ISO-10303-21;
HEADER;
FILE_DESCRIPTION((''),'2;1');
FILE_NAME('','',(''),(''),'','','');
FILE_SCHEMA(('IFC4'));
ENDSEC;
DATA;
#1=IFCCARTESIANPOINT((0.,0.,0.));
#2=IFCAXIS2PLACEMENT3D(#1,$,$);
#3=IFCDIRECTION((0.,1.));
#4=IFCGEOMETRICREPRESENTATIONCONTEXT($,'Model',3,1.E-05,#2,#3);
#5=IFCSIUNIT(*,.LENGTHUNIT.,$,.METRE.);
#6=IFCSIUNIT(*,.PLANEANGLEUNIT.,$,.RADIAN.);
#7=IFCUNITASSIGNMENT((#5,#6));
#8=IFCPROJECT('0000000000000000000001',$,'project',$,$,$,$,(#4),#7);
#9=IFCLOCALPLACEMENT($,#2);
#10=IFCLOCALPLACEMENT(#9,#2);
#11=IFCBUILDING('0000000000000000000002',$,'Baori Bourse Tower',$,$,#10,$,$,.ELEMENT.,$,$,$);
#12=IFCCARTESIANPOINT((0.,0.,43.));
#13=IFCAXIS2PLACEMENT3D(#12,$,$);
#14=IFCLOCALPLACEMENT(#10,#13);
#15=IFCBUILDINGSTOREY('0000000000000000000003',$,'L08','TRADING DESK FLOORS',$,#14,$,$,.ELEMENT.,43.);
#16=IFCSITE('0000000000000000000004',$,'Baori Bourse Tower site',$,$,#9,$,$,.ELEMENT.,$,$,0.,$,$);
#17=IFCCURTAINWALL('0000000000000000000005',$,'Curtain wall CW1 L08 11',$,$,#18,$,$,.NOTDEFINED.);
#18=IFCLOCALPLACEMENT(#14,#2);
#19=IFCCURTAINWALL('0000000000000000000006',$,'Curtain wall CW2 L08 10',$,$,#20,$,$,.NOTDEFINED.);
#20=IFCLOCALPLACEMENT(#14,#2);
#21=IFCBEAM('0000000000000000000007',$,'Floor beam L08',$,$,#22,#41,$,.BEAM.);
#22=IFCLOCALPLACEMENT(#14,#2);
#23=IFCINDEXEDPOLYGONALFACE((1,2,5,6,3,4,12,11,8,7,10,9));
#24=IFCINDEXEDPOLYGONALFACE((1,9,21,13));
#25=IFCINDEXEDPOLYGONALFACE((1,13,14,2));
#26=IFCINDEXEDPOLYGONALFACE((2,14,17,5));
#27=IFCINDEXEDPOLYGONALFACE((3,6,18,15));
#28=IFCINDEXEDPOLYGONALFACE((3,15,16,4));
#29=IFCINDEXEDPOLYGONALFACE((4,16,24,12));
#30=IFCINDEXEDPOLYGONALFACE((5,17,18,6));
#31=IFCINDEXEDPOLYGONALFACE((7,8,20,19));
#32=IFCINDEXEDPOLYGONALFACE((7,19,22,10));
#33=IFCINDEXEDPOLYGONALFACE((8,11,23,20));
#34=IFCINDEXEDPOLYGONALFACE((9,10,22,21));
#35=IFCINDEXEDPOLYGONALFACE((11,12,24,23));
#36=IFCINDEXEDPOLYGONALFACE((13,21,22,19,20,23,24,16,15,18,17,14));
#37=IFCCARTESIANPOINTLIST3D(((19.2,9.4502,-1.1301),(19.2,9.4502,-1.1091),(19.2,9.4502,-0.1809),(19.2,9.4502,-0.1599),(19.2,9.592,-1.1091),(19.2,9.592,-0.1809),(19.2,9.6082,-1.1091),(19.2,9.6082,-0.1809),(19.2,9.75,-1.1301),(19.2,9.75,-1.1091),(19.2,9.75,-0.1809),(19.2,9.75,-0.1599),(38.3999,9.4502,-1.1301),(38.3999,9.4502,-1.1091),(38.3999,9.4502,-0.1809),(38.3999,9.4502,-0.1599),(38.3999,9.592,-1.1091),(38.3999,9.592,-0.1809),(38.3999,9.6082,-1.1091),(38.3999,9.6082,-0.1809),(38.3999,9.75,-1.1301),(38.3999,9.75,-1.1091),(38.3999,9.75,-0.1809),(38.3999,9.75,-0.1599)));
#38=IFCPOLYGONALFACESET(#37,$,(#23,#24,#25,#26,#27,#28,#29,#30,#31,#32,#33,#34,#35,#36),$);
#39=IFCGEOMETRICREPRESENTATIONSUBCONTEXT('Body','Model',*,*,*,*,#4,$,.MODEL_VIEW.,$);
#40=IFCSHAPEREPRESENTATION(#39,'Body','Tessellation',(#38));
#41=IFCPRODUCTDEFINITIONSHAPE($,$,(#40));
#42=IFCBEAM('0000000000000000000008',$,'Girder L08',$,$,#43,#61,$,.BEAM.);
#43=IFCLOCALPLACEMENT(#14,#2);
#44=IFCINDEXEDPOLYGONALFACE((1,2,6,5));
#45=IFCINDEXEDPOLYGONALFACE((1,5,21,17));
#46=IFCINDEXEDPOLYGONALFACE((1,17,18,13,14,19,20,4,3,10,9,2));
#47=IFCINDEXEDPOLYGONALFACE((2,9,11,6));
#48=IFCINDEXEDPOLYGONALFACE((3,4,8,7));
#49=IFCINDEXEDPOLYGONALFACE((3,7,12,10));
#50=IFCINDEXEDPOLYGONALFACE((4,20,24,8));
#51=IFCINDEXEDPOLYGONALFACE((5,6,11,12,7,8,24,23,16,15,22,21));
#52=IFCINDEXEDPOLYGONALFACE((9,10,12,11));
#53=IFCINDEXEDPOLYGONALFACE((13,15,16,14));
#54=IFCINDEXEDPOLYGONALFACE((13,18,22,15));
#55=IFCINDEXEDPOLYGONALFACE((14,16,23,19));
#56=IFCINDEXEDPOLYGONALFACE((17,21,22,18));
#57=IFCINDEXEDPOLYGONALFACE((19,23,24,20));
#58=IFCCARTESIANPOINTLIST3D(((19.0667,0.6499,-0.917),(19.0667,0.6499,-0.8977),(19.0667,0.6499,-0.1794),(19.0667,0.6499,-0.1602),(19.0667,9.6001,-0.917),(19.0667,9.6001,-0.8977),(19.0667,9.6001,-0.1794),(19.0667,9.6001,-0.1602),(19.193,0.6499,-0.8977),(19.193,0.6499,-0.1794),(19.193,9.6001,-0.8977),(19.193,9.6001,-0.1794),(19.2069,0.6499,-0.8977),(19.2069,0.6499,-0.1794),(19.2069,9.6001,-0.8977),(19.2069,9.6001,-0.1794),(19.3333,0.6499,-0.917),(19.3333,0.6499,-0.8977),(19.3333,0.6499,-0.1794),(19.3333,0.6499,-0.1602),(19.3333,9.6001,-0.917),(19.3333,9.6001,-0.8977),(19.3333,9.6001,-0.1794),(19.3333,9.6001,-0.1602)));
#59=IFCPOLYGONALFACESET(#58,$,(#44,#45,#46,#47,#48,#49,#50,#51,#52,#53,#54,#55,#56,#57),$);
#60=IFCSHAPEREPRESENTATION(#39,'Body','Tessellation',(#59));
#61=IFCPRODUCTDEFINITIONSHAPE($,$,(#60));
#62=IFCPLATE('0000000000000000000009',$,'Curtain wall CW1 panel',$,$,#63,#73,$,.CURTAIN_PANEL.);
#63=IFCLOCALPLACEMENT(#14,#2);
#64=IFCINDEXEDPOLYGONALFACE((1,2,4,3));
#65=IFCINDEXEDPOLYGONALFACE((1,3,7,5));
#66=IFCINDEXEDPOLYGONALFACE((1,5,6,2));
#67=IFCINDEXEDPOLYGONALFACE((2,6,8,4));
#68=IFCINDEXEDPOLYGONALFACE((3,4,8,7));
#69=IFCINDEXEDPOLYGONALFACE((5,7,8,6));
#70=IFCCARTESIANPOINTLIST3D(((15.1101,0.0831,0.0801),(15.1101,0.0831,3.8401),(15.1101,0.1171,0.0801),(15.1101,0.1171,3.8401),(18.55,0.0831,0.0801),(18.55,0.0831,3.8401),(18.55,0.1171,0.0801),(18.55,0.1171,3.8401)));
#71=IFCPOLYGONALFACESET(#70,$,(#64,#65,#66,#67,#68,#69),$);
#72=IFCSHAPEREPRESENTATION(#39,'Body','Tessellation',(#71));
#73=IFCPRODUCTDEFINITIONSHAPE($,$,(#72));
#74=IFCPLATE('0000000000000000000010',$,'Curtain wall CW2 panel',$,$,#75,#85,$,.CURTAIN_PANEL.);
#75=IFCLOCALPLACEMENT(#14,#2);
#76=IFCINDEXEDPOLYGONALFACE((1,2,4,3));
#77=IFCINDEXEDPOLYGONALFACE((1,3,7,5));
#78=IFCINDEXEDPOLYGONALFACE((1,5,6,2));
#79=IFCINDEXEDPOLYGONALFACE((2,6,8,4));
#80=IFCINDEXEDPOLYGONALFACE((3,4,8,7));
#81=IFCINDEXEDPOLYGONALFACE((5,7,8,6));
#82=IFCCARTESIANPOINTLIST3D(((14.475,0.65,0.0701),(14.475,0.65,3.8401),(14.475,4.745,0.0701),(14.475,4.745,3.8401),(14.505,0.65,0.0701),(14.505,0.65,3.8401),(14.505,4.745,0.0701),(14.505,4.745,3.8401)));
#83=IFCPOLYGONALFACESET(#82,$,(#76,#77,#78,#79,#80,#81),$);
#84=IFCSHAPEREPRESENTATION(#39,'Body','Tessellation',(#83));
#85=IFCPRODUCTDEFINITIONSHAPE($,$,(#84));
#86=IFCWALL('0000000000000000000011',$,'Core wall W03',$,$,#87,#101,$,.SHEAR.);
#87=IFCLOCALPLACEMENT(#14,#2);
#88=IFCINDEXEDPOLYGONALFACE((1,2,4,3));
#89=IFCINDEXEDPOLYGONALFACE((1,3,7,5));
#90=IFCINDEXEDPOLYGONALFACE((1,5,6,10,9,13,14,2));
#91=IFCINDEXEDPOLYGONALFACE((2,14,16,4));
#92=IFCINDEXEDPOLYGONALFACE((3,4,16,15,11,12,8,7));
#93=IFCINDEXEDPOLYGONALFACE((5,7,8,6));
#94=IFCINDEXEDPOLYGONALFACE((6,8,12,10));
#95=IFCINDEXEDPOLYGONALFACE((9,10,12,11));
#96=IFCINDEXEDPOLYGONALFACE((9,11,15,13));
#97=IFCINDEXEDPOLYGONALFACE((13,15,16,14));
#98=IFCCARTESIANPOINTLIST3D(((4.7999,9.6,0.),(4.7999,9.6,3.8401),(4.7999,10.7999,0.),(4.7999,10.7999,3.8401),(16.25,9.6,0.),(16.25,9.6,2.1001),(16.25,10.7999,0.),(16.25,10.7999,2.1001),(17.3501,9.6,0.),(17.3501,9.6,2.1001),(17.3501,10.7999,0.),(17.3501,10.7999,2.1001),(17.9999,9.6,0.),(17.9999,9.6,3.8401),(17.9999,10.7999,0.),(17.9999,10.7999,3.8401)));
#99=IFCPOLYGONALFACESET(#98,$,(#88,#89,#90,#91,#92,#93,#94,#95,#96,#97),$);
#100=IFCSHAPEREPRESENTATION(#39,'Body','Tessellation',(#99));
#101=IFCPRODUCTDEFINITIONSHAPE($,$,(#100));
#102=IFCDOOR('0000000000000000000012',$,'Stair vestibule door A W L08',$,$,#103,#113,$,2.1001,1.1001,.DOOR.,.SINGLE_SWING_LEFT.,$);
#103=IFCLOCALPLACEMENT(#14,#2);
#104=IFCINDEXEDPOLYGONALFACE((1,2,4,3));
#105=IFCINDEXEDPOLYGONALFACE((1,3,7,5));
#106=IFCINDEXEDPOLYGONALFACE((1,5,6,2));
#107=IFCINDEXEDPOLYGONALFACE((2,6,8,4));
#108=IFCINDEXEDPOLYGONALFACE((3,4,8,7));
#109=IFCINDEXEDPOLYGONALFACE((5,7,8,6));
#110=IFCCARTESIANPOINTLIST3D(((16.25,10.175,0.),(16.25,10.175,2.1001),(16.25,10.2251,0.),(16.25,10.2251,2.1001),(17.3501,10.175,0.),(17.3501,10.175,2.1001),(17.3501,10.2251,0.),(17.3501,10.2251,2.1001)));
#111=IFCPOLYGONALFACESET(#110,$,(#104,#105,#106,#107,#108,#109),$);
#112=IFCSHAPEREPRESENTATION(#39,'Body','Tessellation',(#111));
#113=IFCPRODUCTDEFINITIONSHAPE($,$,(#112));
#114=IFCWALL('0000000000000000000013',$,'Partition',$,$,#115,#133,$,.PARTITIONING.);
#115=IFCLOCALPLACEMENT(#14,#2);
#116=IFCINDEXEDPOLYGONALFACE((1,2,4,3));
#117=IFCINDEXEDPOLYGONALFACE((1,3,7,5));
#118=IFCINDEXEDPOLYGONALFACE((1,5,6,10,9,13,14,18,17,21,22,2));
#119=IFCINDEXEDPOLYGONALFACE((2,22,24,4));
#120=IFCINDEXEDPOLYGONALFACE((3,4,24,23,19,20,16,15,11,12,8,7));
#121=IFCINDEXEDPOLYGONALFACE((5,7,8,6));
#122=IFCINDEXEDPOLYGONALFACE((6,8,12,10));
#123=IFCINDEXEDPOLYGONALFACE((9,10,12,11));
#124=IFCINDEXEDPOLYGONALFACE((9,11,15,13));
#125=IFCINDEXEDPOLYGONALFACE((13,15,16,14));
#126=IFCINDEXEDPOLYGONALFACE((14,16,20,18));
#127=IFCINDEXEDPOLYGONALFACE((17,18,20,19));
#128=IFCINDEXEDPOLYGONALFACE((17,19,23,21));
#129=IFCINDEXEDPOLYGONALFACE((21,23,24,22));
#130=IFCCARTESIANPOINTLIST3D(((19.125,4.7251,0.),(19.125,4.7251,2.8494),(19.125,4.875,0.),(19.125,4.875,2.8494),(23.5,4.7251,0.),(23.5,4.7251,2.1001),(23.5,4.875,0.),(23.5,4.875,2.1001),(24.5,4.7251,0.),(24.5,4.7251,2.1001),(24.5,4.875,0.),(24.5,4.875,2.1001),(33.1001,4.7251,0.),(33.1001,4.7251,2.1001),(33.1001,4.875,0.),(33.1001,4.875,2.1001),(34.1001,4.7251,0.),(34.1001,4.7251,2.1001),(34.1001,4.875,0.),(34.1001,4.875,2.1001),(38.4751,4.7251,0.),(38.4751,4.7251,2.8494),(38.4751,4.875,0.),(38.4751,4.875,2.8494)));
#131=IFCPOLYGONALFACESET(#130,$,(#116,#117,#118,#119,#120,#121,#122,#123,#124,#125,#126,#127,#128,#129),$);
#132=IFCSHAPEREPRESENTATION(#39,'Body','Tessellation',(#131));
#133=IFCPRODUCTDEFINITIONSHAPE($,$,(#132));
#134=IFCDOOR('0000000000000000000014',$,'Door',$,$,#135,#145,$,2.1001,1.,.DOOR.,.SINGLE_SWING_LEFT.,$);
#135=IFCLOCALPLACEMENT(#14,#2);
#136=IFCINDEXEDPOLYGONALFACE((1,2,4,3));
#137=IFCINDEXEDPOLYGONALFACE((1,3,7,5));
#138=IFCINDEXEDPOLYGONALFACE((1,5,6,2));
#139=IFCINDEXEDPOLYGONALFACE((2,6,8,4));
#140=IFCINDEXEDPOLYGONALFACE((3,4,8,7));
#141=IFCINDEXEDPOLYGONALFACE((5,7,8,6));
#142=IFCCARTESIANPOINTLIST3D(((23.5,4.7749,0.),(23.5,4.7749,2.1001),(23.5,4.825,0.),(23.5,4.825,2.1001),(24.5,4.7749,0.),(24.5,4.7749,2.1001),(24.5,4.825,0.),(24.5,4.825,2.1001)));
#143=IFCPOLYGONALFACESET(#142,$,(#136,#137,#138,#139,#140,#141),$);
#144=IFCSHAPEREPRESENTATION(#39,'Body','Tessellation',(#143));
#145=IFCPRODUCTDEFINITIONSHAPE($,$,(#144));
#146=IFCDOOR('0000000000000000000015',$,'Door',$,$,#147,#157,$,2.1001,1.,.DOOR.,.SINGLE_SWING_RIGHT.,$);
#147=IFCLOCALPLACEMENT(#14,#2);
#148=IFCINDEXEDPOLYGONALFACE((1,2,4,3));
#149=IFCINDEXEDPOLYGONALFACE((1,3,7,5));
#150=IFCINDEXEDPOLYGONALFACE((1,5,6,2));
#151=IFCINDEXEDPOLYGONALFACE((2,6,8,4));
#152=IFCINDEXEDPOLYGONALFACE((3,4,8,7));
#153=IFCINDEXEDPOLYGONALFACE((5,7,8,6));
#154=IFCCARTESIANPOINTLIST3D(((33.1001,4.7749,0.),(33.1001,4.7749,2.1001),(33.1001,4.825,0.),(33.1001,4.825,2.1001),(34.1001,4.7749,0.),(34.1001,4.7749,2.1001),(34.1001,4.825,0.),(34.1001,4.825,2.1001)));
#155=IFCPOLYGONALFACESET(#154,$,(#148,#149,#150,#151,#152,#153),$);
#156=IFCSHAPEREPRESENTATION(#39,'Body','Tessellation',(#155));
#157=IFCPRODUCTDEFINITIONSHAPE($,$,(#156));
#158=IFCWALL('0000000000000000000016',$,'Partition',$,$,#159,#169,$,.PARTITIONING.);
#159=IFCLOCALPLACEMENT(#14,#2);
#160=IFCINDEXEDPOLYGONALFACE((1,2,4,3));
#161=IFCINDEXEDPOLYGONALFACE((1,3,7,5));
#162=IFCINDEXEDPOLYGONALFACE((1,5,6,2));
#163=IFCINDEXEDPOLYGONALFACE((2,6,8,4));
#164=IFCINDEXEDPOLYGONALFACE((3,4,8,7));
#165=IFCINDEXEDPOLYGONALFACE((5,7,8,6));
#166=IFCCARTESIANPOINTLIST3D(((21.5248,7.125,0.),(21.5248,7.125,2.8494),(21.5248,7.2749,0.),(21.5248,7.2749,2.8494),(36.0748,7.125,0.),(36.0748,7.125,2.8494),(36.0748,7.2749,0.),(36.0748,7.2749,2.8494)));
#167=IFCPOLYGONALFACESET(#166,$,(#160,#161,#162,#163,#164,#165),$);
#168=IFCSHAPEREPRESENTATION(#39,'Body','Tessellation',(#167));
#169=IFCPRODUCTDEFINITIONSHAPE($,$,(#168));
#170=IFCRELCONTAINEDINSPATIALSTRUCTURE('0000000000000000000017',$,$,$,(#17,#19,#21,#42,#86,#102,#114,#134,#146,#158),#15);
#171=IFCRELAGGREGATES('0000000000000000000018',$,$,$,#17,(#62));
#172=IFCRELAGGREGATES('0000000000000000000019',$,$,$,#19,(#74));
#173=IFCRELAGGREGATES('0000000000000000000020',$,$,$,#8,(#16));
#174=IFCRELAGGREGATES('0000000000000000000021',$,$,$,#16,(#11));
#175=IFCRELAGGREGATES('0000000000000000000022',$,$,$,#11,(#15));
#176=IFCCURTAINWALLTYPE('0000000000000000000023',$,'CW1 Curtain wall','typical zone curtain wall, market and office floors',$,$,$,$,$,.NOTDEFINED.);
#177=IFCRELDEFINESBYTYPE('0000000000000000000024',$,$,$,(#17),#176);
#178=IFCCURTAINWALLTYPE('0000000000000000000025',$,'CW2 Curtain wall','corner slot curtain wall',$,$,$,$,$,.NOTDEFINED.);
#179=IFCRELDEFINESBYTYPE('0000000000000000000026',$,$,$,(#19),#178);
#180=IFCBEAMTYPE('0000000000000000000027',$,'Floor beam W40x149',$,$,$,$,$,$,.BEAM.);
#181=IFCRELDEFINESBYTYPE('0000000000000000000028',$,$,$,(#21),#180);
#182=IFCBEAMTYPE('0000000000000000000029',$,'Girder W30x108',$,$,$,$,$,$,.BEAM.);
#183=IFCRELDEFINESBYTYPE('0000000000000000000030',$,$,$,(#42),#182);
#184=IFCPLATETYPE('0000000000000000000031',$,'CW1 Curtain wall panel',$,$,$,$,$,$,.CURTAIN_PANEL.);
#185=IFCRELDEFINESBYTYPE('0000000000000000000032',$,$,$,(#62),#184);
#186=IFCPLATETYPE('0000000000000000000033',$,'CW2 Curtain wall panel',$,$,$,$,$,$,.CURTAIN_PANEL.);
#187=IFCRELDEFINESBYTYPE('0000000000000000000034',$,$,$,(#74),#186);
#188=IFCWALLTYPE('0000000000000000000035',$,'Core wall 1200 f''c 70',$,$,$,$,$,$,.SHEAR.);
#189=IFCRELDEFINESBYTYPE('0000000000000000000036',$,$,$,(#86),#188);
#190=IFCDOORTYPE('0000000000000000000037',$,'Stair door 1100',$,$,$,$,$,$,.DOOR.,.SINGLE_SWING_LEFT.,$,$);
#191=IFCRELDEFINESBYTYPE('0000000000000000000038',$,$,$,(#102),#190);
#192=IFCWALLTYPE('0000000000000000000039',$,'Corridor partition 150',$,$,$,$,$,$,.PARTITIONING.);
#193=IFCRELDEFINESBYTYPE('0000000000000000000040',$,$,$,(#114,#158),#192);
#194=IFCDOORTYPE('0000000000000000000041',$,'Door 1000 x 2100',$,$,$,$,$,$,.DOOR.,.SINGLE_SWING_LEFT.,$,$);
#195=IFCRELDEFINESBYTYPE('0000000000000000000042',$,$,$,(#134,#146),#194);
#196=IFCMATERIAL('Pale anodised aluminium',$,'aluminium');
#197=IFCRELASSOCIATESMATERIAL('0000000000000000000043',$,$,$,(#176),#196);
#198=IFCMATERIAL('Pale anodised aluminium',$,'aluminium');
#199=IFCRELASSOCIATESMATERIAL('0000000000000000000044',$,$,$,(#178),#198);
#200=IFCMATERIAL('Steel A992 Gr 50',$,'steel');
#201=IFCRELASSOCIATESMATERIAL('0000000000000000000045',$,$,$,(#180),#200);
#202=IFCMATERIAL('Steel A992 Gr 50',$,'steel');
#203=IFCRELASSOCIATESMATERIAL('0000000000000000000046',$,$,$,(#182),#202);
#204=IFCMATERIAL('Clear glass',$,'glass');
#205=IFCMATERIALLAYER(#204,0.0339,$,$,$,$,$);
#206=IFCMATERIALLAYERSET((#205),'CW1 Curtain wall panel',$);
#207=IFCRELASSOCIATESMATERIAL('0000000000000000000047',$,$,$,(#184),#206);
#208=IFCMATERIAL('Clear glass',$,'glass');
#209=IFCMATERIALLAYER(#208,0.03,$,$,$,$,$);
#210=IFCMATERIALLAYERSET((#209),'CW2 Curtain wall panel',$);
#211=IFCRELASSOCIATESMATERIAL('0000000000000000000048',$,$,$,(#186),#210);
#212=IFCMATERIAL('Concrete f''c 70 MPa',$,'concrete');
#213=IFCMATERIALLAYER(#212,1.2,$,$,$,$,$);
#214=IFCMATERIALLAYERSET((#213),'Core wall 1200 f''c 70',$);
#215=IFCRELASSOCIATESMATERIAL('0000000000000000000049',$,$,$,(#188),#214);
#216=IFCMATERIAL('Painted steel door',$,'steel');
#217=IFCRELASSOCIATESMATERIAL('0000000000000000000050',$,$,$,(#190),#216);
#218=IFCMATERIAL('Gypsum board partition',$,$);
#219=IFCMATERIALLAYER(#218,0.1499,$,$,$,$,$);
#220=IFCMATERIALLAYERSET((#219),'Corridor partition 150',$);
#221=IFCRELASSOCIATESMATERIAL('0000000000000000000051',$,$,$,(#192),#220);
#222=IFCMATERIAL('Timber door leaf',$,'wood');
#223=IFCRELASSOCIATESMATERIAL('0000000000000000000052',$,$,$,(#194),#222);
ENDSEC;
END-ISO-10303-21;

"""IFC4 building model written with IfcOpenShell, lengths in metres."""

from ifc_helpers import new_model, si_unit, direction, frame, frame_2d, origin, origin_2d, place, context, subcontext, project, spatial, rectangle, i_section, extrude, material, layer, layer_set, material_profile, profile_set, type_object, element, fill, aggregate, save


model = new_model("IFC4")

# Units and contexts
model_context = context("Model", 3, precision=1e-05, world=origin(), true_north=direction((0.0, 1.0)))
body_context = subcontext(model_context, "Body", "Model", "MODEL_VIEW")
ifc_project = project(units=[si_unit("LENGTHUNIT", "METRE"), si_unit("PLANEANGLEUNIT", "RADIAN")], contexts=[model_context])

# Site, building, storey
site_placement = place(None, origin())
site = spatial("IfcSite", under=ifc_project, at=site_placement, Name="Baori Bourse Tower site", CompositionType="ELEMENT", RefElevation=0.0)
building_placement = place(site_placement, origin())
building = spatial("IfcBuilding", under=site, at=building_placement, Name="Baori Bourse Tower", CompositionType="ELEMENT")
storey_placement = place(building_placement, frame((0.0, 0.0, 43.0)))
storey = spatial("IfcBuildingStorey", under=building, at=storey_placement, Name="L08", Description="TRADING DESK FLOORS", CompositionType="ELEMENT", Elevation=43.0)

# Curtain walls
ifc_material_1 = material(Name="Pale anodised aluminium", Category="aluminium")
curtain_wall_type_1 = type_object("IfcCurtainWallType", Name="CW1 Curtain wall", Description="typical zone curtain wall, market and office floors", PredefinedType="NOTDEFINED", material=ifc_material_1)
curtain_wall_1_placement = place(storey_placement, origin())
curtain_wall_1 = element("IfcCurtainWall", 1, at=curtain_wall_1_placement, inside=storey, type_object=curtain_wall_type_1, Name="Curtain wall CW1 L08 11", PredefinedType="NOTDEFINED")
ifc_material_2 = material(Name="Pale anodised aluminium", Category="aluminium")
curtain_wall_type_2 = type_object("IfcCurtainWallType", Name="CW2 Curtain wall", Description="corner slot curtain wall", PredefinedType="NOTDEFINED", material=ifc_material_2)
curtain_wall_2_placement = place(storey_placement, origin())
curtain_wall_2 = element("IfcCurtainWall", 2, at=curtain_wall_2_placement, inside=storey, type_object=curtain_wall_type_2, Name="Curtain wall CW2 L08 10", PredefinedType="NOTDEFINED")

# Beams
ifc_material_3 = material(Name="Steel A992 Gr 50", Category="steel")
ifc_material_profile_1 = material_profile(ifc_material_3, i_section(OverallWidth=0.2998, OverallDepth=0.9702, WebThickness=0.0161, FlangeThickness=0.021, at=origin_2d()), Name="W40x149")
ifc_profile_set_1 = profile_set([ifc_material_profile_1], Name="Steel A992 Gr 50")
beam_type_1 = type_object("IfcBeamType", Name="Floor beam W40x149", PredefinedType="BEAM", material=ifc_profile_set_1)
beam_1_placement = place(storey_placement, frame((19.2, 9.6001, -0.645), z_axis=(1.0, 0.0, 0.0), x_axis=(0.0, 1.0, 0.0)))
element("IfcBeam", 3, at=beam_1_placement, inside=storey, type_object=beam_type_1, Name="Floor beam L08", PredefinedType="BEAM", context=body_context, shape_type="SweptSolid", body=[
    extrude(i_section(OverallWidth=0.2998, OverallDepth=0.9702, WebThickness=0.0161, FlangeThickness=0.021, at=origin_2d()), origin(), (0.0, 0.0, 1.0), 19.2),
])
ifc_material_4 = material(Name="Steel A992 Gr 50", Category="steel")
ifc_material_profile_2 = material_profile(ifc_material_4, i_section(OverallWidth=0.2666, OverallDepth=0.7568, WebThickness=0.0139, FlangeThickness=0.0193, at=origin_2d()), Name="W30x108")
ifc_profile_set_2 = profile_set([ifc_material_profile_2], Name="Steel A992 Gr 50")
beam_type_2 = type_object("IfcBeamType", Name="Girder W30x108", PredefinedType="BEAM", material=ifc_profile_set_2)
beam_2_placement = place(storey_placement, frame((19.2, 0.6499, -0.5386), z_axis=(0.0, 1.0, 0.0), x_axis=(-1.0, 0.0, 0.0)))
element("IfcBeam", 4, at=beam_2_placement, inside=storey, type_object=beam_type_2, Name="Girder L08", PredefinedType="BEAM", context=body_context, shape_type="SweptSolid", body=[
    extrude(i_section(OverallWidth=0.2666, OverallDepth=0.7568, WebThickness=0.0139, FlangeThickness=0.0193, at=origin_2d()), origin(), (0.0, 0.0, 1.0), 8.9502),
])

# Plates
ifc_material_5 = material(Name="Clear glass", Category="glass")
ifc_layer_1 = layer(ifc_material_5, 0.0339)
ifc_layer_set_1 = layer_set([ifc_layer_1], Name="CW1 Curtain wall panel")
plate_type_1 = type_object("IfcPlateType", Name="CW1 Curtain wall panel", PredefinedType="CURTAIN_PANEL", material=ifc_layer_set_1)
plate_1_placement = place(storey_placement, frame((16.8301, 0.1001, 0.0801), z_axis=(0.0, 0.0, 1.0), x_axis=(1.0, 0.0, 0.0)))
plate_1 = element("IfcPlate", 5, at=plate_1_placement, type_object=plate_type_1, Name="Curtain wall CW1 panel", PredefinedType="CURTAIN_PANEL", context=body_context, shape_type="SweptSolid", body=[
    extrude(rectangle(XDim=3.4399, YDim=0.0339, at=origin_2d()), origin(), (0.0, 0.0, 1.0), 3.76),
])
aggregate(curtain_wall_1, [plate_1])
ifc_material_6 = material(Name="Clear glass", Category="glass")
ifc_layer_2 = layer(ifc_material_6, 0.03)
ifc_layer_set_2 = layer_set([ifc_layer_2], Name="CW2 Curtain wall panel")
plate_type_2 = type_object("IfcPlateType", Name="CW2 Curtain wall panel", PredefinedType="CURTAIN_PANEL", material=ifc_layer_set_2)
plate_2_placement = place(storey_placement, frame((14.49, 2.6975, 0.0701), z_axis=(0.0, 0.0, 1.0), x_axis=(0.0, -1.0, 0.0)))
plate_2 = element("IfcPlate", 6, at=plate_2_placement, type_object=plate_type_2, Name="Curtain wall CW2 panel", PredefinedType="CURTAIN_PANEL", context=body_context, shape_type="SweptSolid", body=[
    extrude(rectangle(XDim=4.095, YDim=0.03, at=origin_2d()), origin(), (0.0, 0.0, 1.0), 3.77),
])
aggregate(curtain_wall_2, [plate_2])

# Wall, opening, door
ifc_material_7 = material(Name="Concrete f'c 70 MPa", Category="concrete")
ifc_layer_3 = layer(ifc_material_7, 1.2)
ifc_layer_set_3 = layer_set([ifc_layer_3], Name="Core wall 1200 f'c 70")
wall_type_1 = type_object("IfcWallType", Name="Core wall 1200 f'c 70", PredefinedType="SHEAR", material=ifc_layer_set_3)
wall_1_placement = place(storey_placement, frame((18.0, 10.2, 0.0), z_axis=(0.0, 0.0, 1.0), x_axis=(-1.0, 0.0, 0.0)))
wall_1 = element("IfcWall", 7, at=wall_1_placement, inside=storey, type_object=wall_type_1, Name="Core wall W03", PredefinedType="SHEAR", context=body_context, shape_type="SweptSolid", body=[
    extrude(rectangle(XDim=13.2, YDim=1.2, at=frame_2d((6.6001, 0.0))), origin(), (0.0, 0.0, 1.0), 3.8401),
])
opening_1_placement = place(wall_1_placement, frame((0.6499, 0.0, 0.0)))
opening_1 = element("IfcOpeningElement", 8, at=opening_1_placement, cuts=wall_1, PredefinedType="OPENING", context=body_context, shape_type="SweptSolid", body=[
    extrude(rectangle(XDim=1.1001, YDim=2.1001, at=frame_2d((0.55, 1.05))), frame((0.0, 0.6099, 0.0), z_axis=(0.0, -1.0, 0.0), x_axis=(1.0, 0.0, 0.0)), (0.0, 0.0, 1.0), 1.22),
])
ifc_material_8 = material(Name="Painted steel door", Category="steel")
door_type_1 = type_object("IfcDoorType", Name="Stair door 1100", OperationType="SINGLE_SWING_LEFT", PredefinedType="DOOR", material=ifc_material_8)
door_1_placement = place(opening_1_placement, origin())
door_1 = element("IfcDoor", 9, at=door_1_placement, inside=storey, type_object=door_type_1, Name="Stair vestibule door A W L08", OperationType="SINGLE_SWING_LEFT", OverallHeight=2.1001, OverallWidth=1.1001, PredefinedType="DOOR", context=body_context, shape_type="SweptSolid", body=[
    extrude(rectangle(XDim=1.1001, YDim=2.1001, at=frame_2d((0.55, 1.05))), frame((0.0, 0.0249, 0.0), z_axis=(0.0, -1.0, 0.0), x_axis=(1.0, 0.0, 0.0)), (0.0, 0.0, 1.0), 0.05),
])
fill(opening_1, door_1)

# Wall, openings, doors
ifc_material_9 = material(Name="Gypsum board partition")
ifc_layer_4 = layer(ifc_material_9, 0.1499)
ifc_layer_set_4 = layer_set([ifc_layer_4], Name="Corridor partition 150")
wall_type_2 = type_object("IfcWallType", Name="Corridor partition 150", PredefinedType="PARTITIONING", material=ifc_layer_set_4)
wall_2_placement = place(storey_placement, frame((19.125, 4.8, 0.0), z_axis=(0.0, 0.0, 1.0), x_axis=(1.0, 0.0, 0.0)))
wall_2 = element("IfcWall", 10, at=wall_2_placement, inside=storey, type_object=wall_type_2, Name="Partition", PredefinedType="PARTITIONING", context=body_context, shape_type="SweptSolid", body=[
    extrude(rectangle(XDim=19.3501, YDim=0.1499, at=frame_2d((9.675, 0.0))), origin(), (0.0, 0.0, 1.0), 2.8494),
])
opening_2_placement = place(wall_2_placement, frame((4.375, 0.0, 0.0)))
opening_2 = element("IfcOpeningElement", 11, at=opening_2_placement, cuts=wall_2, PredefinedType="OPENING", context=body_context, shape_type="SweptSolid", body=[
    extrude(rectangle(XDim=1.0, YDim=2.1001, at=frame_2d((0.5, 1.05))), frame((0.0, 0.085, 0.0), z_axis=(0.0, -1.0, 0.0), x_axis=(1.0, 0.0, 0.0)), (0.0, 0.0, 1.0), 0.1699),
])
opening_3_placement = place(wall_2_placement, frame((13.9751, 0.0, 0.0)))
opening_3 = element("IfcOpeningElement", 12, at=opening_3_placement, cuts=wall_2, PredefinedType="OPENING", context=body_context, shape_type="SweptSolid", body=[
    extrude(rectangle(XDim=1.0, YDim=2.1001, at=frame_2d((0.5, 1.05))), frame((0.0, 0.085, 0.0), z_axis=(0.0, -1.0, 0.0), x_axis=(1.0, 0.0, 0.0)), (0.0, 0.0, 1.0), 0.1699),
])
ifc_material_10 = material(Name="Timber door leaf", Category="wood")
door_type_2 = type_object("IfcDoorType", Name="Door 1000 x 2100", OperationType="SINGLE_SWING_LEFT", PredefinedType="DOOR", material=ifc_material_10)
door_2_placement = place(opening_2_placement, origin())
door_2 = element("IfcDoor", 13, at=door_2_placement, inside=storey, type_object=door_type_2, Name="Door", OperationType="SINGLE_SWING_LEFT", OverallHeight=2.1001, OverallWidth=1.0, PredefinedType="DOOR", context=body_context, shape_type="SweptSolid", body=[
    extrude(rectangle(XDim=1.0, YDim=2.1001, at=frame_2d((0.5, 1.05))), frame((0.0, 0.0249, 0.0), z_axis=(0.0, -1.0, 0.0), x_axis=(1.0, 0.0, 0.0)), (0.0, 0.0, 1.0), 0.05),
])
fill(opening_2, door_2)
door_3_placement = place(opening_3_placement, origin())
door_3 = element("IfcDoor", 14, at=door_3_placement, inside=storey, type_object=door_type_2, Name="Door", OperationType="SINGLE_SWING_RIGHT", OverallHeight=2.1001, OverallWidth=1.0, PredefinedType="DOOR", context=body_context, shape_type="SweptSolid", body=[
    extrude(rectangle(XDim=1.0, YDim=2.1001, at=frame_2d((0.5, 1.05))), frame((0.0, 0.0249, 0.0), z_axis=(0.0, -1.0, 0.0), x_axis=(1.0, 0.0, 0.0)), (0.0, 0.0, 1.0), 0.05),
])
fill(opening_3, door_3)

# Wall
wall_3_placement = place(storey_placement, frame((21.5249, 7.2, 0.0), z_axis=(0.0, 0.0, 1.0), x_axis=(1.0, 0.0, 0.0)))
element("IfcWall", 15, at=wall_3_placement, inside=storey, type_object=wall_type_2, Name="Partition", PredefinedType="PARTITIONING", context=body_context, shape_type="SweptSolid", body=[
    extrude(rectangle(XDim=14.55, YDim=0.1499, at=frame_2d((7.2749, 0.0))), origin(), (0.0, 0.0, 1.0), 2.8494),
])

save(model, "model.ifc")
